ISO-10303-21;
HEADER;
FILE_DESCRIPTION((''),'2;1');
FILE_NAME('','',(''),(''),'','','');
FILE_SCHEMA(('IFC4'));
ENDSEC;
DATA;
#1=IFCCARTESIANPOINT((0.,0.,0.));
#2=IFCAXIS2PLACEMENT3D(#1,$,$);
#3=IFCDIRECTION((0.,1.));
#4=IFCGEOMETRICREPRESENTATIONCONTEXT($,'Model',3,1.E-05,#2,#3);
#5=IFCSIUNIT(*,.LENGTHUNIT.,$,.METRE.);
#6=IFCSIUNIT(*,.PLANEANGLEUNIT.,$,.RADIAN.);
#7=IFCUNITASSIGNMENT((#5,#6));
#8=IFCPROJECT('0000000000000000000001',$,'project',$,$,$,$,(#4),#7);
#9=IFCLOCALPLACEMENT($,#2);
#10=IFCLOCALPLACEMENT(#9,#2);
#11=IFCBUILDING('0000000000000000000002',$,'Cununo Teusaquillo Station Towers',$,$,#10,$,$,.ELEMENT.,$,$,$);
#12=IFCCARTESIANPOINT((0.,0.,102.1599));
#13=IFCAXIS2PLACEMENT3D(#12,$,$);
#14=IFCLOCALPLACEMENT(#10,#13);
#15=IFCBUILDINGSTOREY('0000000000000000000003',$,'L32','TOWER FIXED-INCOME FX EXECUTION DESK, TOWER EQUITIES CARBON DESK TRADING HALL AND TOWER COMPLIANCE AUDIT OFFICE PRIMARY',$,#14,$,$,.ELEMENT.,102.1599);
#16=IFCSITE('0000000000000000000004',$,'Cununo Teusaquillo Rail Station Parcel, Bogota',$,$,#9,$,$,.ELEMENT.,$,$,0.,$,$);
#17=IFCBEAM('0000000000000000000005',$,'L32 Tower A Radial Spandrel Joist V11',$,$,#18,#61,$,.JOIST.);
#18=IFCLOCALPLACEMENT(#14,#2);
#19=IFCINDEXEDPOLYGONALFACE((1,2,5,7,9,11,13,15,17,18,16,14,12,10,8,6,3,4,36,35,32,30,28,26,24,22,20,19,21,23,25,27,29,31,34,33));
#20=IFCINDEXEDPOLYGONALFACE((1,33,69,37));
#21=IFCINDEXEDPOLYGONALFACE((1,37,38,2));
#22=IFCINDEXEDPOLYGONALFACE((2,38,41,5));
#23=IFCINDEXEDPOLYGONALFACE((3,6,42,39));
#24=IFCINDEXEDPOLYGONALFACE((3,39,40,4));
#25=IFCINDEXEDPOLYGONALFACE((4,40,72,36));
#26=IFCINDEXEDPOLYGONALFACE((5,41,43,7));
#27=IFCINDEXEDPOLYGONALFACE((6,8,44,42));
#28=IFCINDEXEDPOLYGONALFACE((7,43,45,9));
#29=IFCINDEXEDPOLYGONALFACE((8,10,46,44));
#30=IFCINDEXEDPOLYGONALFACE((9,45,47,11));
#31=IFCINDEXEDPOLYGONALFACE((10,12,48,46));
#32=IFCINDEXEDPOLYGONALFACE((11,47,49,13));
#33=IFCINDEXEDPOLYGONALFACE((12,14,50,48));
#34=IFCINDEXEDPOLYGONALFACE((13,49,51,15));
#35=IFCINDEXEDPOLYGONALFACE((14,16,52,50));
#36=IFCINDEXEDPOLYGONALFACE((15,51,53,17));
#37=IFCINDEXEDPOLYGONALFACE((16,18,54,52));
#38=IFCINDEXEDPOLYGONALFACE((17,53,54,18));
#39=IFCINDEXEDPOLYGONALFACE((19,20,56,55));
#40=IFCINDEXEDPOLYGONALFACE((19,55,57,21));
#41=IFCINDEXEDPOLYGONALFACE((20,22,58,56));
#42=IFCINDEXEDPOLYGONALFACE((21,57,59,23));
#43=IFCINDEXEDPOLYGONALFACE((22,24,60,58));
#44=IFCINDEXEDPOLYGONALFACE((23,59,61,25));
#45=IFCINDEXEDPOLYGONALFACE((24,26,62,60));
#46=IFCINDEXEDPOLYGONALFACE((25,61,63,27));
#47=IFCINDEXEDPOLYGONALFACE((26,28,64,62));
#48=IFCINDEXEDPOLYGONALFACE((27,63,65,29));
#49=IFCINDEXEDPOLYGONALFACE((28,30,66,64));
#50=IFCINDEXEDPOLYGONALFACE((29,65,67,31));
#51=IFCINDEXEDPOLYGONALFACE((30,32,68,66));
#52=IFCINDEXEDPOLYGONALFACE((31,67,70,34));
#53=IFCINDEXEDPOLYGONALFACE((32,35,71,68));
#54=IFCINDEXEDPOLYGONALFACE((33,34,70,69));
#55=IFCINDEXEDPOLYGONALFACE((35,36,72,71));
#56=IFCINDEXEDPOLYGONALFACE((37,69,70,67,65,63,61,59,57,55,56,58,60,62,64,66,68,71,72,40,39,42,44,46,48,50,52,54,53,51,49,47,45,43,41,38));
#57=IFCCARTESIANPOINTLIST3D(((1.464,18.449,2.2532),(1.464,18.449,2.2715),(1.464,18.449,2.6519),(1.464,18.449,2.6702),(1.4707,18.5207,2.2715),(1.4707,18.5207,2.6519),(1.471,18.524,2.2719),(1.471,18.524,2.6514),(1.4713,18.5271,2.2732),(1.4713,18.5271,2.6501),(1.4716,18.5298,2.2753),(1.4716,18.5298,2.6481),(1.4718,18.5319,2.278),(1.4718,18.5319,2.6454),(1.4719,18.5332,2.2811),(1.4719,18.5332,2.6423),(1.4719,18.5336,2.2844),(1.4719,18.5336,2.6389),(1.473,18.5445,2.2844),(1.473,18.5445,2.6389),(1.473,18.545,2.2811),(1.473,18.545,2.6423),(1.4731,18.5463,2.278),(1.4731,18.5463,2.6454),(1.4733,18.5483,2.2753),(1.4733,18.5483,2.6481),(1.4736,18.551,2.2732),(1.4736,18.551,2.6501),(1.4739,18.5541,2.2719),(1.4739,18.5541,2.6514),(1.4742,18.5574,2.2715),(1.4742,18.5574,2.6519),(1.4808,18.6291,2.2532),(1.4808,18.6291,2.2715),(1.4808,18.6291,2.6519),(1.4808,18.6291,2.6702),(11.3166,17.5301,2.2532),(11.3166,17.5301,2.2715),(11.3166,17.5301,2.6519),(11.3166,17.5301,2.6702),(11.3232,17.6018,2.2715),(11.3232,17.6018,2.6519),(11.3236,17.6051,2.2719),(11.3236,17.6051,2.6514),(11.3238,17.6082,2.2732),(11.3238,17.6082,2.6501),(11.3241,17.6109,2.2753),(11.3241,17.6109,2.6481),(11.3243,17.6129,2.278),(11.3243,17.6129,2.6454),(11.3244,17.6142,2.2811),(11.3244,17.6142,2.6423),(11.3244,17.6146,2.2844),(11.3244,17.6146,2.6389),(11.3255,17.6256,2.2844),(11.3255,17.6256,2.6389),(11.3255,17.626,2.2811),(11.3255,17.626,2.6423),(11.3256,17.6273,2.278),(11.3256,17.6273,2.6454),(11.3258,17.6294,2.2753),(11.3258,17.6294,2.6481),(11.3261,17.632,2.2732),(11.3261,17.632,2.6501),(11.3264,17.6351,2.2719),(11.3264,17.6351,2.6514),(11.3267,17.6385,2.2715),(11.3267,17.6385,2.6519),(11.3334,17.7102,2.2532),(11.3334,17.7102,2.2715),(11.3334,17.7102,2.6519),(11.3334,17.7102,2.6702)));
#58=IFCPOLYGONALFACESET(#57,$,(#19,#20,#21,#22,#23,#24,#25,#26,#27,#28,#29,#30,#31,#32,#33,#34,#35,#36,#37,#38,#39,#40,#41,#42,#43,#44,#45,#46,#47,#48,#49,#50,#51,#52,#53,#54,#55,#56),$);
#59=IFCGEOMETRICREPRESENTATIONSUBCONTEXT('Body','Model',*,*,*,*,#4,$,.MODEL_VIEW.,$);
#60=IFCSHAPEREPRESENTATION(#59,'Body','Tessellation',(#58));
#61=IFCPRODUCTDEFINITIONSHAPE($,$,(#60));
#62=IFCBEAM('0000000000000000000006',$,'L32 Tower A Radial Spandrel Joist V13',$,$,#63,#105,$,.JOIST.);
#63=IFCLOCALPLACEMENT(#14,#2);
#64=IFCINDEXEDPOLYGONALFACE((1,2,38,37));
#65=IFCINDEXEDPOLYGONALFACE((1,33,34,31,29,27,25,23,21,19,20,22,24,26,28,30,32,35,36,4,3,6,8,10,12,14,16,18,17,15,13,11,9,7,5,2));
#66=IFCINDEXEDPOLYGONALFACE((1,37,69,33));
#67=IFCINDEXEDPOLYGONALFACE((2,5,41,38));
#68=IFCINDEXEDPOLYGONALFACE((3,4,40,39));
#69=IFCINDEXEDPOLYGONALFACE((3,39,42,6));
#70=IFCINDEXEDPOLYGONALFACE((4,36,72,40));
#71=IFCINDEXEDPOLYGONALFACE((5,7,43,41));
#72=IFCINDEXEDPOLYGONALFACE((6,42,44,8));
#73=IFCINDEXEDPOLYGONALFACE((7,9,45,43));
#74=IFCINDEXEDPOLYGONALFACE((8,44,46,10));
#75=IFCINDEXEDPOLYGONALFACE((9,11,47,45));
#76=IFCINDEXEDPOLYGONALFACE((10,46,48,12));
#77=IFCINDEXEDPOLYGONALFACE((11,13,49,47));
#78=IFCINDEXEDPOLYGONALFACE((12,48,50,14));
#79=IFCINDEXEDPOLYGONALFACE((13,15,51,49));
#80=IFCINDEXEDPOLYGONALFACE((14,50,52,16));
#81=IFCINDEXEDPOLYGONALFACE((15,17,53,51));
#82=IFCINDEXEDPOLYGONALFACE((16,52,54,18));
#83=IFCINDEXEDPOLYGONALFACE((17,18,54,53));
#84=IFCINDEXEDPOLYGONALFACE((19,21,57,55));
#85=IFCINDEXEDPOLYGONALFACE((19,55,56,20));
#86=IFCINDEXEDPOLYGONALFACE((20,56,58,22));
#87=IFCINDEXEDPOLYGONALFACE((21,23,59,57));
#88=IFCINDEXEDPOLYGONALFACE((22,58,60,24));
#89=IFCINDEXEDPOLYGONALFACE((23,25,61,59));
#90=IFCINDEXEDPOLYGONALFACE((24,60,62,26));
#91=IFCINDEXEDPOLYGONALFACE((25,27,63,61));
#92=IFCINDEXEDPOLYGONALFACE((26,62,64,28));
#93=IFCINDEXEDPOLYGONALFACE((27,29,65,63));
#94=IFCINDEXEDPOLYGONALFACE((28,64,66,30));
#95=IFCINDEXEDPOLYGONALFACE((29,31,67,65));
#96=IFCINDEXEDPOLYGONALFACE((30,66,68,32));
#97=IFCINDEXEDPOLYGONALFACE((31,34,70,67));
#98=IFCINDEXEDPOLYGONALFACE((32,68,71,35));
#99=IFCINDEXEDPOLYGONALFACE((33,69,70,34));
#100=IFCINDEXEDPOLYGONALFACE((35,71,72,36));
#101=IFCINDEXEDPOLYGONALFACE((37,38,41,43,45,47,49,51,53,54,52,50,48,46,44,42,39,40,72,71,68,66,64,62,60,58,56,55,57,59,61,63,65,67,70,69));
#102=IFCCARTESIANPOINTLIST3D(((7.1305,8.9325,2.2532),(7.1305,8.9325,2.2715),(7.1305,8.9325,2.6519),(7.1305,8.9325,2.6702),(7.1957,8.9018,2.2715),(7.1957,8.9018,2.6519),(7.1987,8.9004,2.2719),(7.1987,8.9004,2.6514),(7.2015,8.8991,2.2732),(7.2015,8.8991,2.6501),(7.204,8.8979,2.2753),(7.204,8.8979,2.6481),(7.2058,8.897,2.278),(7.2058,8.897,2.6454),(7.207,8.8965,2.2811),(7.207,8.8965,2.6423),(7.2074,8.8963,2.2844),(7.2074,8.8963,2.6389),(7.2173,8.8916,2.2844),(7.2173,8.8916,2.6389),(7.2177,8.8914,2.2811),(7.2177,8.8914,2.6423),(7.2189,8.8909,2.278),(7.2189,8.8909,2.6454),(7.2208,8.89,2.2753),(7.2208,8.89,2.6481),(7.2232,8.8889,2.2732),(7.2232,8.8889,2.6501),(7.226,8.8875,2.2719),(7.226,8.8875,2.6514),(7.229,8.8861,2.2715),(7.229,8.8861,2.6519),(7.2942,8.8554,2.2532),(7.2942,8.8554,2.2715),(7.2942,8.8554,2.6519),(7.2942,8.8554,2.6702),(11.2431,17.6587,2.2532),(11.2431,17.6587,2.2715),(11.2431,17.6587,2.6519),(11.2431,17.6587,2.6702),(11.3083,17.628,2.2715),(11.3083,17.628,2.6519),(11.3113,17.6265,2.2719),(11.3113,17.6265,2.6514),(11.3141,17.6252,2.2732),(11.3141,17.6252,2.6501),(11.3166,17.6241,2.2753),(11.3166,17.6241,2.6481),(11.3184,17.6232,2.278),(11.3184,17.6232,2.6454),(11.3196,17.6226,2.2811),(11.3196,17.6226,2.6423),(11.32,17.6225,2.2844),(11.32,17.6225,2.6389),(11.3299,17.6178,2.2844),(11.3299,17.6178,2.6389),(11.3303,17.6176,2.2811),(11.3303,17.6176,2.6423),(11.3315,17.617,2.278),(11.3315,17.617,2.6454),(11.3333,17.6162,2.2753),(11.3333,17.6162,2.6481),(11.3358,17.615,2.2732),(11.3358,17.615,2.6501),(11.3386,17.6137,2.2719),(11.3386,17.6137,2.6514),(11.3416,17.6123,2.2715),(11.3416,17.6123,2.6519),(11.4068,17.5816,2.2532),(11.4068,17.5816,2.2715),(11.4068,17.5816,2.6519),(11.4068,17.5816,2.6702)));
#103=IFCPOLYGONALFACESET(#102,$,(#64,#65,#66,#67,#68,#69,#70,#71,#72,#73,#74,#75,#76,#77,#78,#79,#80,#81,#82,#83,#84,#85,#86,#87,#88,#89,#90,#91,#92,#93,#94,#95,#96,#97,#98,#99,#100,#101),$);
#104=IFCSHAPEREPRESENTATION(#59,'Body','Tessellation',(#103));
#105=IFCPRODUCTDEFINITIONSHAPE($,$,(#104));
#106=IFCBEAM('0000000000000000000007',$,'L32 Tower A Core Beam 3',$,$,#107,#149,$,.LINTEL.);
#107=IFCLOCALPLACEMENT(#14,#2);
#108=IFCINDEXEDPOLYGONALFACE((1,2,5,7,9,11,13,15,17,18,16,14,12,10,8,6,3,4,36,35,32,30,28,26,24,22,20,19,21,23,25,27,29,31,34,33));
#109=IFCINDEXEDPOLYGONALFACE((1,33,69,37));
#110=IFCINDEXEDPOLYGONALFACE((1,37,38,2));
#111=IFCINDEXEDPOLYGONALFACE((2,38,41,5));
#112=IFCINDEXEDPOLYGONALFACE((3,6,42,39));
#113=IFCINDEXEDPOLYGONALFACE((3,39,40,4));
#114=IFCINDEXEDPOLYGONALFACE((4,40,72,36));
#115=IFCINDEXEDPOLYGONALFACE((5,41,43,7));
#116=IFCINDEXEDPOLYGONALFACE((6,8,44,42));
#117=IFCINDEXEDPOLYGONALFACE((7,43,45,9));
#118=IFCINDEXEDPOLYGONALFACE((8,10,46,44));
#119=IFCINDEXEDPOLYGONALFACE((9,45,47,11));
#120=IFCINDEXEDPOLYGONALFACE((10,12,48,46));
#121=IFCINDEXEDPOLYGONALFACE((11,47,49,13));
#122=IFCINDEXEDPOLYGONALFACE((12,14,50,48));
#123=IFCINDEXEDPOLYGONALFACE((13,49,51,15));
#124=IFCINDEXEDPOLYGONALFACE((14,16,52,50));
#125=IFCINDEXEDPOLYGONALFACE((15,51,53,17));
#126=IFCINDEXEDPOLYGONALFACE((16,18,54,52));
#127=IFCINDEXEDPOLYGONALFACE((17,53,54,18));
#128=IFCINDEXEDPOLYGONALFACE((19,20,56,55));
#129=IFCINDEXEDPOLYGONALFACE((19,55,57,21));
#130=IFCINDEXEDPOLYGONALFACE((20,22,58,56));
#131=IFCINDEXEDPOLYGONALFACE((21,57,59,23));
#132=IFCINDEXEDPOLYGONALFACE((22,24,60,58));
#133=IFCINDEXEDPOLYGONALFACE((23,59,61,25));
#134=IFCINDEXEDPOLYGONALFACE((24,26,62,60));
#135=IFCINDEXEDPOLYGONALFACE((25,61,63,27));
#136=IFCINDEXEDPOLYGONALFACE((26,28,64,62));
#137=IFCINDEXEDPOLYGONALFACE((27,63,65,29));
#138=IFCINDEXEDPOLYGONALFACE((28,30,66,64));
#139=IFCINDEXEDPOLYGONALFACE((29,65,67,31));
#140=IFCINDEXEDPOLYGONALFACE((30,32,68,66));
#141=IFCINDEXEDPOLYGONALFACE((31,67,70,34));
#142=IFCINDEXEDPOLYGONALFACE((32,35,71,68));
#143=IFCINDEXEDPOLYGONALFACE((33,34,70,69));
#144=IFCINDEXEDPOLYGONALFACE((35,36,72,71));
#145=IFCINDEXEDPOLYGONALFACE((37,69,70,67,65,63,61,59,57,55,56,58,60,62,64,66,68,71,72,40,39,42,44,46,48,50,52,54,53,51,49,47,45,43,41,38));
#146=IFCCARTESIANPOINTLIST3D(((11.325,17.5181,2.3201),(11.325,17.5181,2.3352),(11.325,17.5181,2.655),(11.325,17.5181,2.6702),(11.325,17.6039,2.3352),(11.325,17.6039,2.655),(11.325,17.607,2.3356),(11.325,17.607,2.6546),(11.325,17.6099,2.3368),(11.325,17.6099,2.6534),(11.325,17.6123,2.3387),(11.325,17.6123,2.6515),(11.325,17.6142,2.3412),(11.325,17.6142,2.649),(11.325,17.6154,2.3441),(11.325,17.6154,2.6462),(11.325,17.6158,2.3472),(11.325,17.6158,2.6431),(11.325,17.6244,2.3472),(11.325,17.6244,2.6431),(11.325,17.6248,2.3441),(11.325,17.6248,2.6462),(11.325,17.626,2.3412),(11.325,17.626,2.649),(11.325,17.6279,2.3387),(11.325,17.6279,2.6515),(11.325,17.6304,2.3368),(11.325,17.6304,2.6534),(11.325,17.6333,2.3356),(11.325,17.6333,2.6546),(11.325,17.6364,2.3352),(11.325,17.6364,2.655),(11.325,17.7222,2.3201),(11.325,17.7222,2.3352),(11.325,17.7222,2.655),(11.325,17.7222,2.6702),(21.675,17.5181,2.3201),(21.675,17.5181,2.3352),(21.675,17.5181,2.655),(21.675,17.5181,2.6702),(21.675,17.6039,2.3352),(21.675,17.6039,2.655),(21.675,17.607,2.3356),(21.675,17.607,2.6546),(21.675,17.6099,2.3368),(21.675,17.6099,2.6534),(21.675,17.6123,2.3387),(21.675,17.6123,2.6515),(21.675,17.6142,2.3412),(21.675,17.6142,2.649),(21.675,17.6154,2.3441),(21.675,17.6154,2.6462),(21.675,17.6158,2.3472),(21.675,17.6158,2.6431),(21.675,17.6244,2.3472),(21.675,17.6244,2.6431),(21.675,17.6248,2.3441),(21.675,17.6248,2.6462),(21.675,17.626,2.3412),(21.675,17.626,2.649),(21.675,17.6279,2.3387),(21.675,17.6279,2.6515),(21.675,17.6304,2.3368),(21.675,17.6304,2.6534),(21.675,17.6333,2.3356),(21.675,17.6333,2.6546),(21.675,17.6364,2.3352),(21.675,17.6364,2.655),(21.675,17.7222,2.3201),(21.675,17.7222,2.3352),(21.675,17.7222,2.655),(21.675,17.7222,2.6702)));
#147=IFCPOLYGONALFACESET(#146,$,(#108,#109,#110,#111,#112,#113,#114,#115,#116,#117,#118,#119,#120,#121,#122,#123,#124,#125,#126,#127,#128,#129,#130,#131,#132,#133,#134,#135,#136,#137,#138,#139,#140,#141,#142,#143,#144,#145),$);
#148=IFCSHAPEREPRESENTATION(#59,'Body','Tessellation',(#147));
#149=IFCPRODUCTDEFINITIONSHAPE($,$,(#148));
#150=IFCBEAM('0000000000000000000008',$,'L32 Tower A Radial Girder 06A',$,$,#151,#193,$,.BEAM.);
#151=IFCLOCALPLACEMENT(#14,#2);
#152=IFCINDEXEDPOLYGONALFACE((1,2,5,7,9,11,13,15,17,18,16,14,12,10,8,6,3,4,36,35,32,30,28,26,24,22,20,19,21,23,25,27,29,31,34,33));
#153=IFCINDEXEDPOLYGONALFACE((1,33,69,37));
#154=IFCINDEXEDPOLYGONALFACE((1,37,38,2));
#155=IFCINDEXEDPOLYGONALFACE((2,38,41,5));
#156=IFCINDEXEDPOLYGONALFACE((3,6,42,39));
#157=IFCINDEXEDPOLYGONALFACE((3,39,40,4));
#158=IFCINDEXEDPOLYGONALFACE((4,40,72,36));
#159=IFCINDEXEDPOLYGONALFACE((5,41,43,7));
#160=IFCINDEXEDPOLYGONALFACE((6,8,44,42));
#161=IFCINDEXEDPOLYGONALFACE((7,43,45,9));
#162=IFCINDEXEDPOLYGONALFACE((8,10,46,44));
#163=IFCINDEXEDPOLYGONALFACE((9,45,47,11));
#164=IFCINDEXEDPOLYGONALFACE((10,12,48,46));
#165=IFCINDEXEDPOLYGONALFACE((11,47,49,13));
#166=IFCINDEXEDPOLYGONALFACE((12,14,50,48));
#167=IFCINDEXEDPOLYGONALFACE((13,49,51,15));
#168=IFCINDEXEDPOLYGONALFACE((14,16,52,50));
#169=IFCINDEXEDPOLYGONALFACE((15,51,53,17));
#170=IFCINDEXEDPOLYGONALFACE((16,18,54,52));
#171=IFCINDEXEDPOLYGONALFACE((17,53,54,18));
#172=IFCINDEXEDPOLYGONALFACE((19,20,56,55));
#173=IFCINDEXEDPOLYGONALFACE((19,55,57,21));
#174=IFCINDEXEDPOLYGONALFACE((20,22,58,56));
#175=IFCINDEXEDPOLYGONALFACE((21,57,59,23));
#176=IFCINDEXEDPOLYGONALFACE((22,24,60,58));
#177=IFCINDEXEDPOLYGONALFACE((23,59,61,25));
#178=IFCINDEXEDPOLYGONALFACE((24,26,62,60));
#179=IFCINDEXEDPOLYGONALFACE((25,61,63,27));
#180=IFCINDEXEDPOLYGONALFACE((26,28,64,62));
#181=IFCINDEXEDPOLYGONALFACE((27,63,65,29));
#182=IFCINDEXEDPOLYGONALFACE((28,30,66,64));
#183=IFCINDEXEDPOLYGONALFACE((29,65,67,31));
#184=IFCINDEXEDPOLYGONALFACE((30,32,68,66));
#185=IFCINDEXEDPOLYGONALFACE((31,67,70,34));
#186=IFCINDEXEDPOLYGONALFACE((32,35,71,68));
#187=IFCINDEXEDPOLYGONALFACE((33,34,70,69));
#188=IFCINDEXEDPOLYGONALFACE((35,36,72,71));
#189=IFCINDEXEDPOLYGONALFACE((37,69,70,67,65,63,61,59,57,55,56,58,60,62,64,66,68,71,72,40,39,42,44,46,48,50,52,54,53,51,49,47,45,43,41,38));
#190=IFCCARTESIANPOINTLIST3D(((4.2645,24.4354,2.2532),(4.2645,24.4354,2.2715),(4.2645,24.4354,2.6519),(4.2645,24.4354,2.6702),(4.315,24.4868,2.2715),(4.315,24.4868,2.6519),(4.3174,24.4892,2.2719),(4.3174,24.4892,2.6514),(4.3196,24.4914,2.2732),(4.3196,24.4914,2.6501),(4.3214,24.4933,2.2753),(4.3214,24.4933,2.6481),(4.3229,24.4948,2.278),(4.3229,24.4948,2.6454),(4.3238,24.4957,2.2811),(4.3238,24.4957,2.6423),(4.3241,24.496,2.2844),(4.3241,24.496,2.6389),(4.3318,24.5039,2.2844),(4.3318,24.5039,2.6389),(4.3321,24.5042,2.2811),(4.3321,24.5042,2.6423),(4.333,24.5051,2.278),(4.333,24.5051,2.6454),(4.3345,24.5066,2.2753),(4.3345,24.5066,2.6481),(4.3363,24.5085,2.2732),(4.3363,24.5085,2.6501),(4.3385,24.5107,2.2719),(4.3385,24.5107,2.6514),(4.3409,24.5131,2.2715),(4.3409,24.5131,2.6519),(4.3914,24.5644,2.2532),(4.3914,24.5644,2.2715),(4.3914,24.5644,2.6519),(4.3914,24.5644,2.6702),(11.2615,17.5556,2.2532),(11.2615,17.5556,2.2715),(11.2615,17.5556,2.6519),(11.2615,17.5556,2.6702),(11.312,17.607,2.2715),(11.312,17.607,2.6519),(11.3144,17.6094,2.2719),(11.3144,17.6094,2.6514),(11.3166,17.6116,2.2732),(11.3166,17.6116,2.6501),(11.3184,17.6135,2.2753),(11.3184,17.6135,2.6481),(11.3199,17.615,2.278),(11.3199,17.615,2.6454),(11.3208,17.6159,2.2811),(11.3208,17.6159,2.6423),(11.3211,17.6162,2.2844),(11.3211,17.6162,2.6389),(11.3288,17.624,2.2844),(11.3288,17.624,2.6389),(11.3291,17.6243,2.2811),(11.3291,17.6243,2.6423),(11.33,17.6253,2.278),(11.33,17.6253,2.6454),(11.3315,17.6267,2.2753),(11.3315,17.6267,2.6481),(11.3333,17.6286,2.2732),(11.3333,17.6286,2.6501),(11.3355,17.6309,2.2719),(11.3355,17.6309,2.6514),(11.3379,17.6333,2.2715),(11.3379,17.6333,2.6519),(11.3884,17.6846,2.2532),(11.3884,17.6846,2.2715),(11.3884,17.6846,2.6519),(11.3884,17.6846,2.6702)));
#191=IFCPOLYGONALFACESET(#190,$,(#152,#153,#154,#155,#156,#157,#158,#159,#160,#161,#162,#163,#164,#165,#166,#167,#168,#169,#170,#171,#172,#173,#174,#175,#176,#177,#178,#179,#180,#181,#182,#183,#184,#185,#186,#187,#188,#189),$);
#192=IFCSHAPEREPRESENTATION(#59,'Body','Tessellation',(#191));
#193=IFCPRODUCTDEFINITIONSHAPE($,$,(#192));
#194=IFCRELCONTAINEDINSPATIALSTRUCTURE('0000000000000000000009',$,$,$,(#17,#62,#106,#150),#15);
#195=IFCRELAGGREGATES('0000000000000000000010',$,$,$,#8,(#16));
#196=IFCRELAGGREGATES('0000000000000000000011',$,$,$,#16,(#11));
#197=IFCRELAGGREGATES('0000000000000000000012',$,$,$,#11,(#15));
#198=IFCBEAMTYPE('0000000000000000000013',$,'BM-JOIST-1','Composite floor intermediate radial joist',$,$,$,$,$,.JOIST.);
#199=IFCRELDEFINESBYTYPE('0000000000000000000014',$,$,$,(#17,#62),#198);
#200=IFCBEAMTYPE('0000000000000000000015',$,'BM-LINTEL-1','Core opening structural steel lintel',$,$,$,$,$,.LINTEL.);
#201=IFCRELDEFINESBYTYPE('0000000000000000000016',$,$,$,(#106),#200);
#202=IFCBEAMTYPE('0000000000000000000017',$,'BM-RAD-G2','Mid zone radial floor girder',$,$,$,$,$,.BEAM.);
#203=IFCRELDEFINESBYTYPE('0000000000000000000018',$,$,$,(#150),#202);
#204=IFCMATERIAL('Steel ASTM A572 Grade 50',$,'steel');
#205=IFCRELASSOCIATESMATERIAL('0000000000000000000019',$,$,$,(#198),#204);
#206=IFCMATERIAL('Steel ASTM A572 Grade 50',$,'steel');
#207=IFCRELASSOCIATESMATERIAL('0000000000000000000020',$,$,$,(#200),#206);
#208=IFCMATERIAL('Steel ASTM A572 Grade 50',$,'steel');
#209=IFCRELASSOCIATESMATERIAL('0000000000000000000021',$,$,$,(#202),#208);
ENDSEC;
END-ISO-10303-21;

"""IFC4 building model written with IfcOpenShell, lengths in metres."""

from ifc_helpers import new_model, si_unit, direction, frame, origin, origin_2d, place, context, subcontext, project, spatial, i_section, extrude, material, material_profile, profile_set, type_object, element, save


model = new_model("IFC4")

# Units and contexts
model_context = context("Model", 3, precision=1e-05, world=origin(), true_north=direction((0.0, 1.0)))
body_context = subcontext(model_context, "Body", "Model", "MODEL_VIEW")
ifc_project = project(units=[si_unit("LENGTHUNIT", "METRE"), si_unit("PLANEANGLEUNIT", "RADIAN")], contexts=[model_context])

# Site, building, storey
site_placement = place(None, origin())
site = spatial("IfcSite", under=ifc_project, at=site_placement, Name="Cununo Teusaquillo Rail Station Parcel, Bogota", CompositionType="ELEMENT", RefElevation=0.0)
building_placement = place(site_placement, origin())
building = spatial("IfcBuilding", under=site, at=building_placement, Name="Cununo Teusaquillo Station Towers", CompositionType="ELEMENT")
storey_placement = place(building_placement, frame((0.0, 0.0, 102.1599)))
storey = spatial("IfcBuildingStorey", under=building, at=storey_placement, Name="L32", Description="TOWER FIXED-INCOME FX EXECUTION DESK, TOWER EQUITIES CARBON DESK TRADING HALL AND TOWER COMPLIANCE AUDIT OFFICE PRIMARY", CompositionType="ELEMENT", Elevation=102.1599)

# Beams
ifc_material_1 = material(Name="Steel ASTM A572 Grade 50", Category="steel")
ifc_material_profile_1 = material_profile(ifc_material_1, i_section(OverallWidth=0.1809, OverallDepth=0.417, WebThickness=0.011, FlangeThickness=0.0183, FilletRadius=0.0129, at=origin_2d()), Name="W16X57")
ifc_profile_set_1 = profile_set([ifc_material_profile_1], Name="Steel ASTM A572 Grade 50")
beam_type_1 = type_object("IfcBeamType", Name="BM-JOIST-1", Description="Composite floor intermediate radial joist", PredefinedType="JOIST", material=ifc_profile_set_1)
beam_1_placement = place(storey_placement, frame((11.325, 17.6201, 2.4617), z_axis=(-0.995679, 0.092867, 0.0), x_axis=(-0.092867, -0.995679, 0.0)))
element("IfcBeam", 1, at=beam_1_placement, inside=storey, type_object=beam_type_1, Name="L32 Tower A Radial Spandrel Joist V11", PredefinedType="JOIST", context=body_context, shape_type="SweptSolid", body=[
    extrude(i_section(OverallWidth=0.1809, OverallDepth=0.417, WebThickness=0.011, FlangeThickness=0.0183, FilletRadius=0.0129, at=origin_2d()), origin(), (0.0, 0.0, 1.0), 9.8953),
])
beam_2_placement = place(storey_placement, frame((11.325, 17.6201, 2.4617), z_axis=(-0.42632, -0.904572, 0.0), x_axis=(0.904572, -0.42632, 0.0)))
element("IfcBeam", 2, at=beam_2_placement, inside=storey, type_object=beam_type_1, Name="L32 Tower A Radial Spandrel Joist V13", PredefinedType="JOIST", context=body_context, shape_type="SweptSolid", body=[
    extrude(i_section(OverallWidth=0.1809, OverallDepth=0.417, WebThickness=0.011, FlangeThickness=0.0183, FilletRadius=0.0129, at=origin_2d()), origin(), (0.0, 0.0, 1.0), 9.6467),
])
ifc_material_2 = material(Name="Steel ASTM A572 Grade 50", Category="steel")
ifc_material_profile_2 = material_profile(ifc_material_2, i_section(OverallWidth=0.2041, OverallDepth=0.3501, WebThickness=0.0085, FlangeThickness=0.0151, FilletRadius=0.012, at=origin_2d()), Name="W14X48")
ifc_profile_set_2 = profile_set([ifc_material_profile_2], Name="Steel ASTM A572 Grade 50")
beam_type_2 = type_object("IfcBeamType", Name="BM-LINTEL-1", Description="Core opening structural steel lintel", PredefinedType="LINTEL", material=ifc_profile_set_2)
beam_3_placement = place(storey_placement, frame((11.325, 17.6201, 2.4951), z_axis=(1.0, 0.0, 0.0), x_axis=(0.0, 1.0, 0.0)))
element("IfcBeam", 3, at=beam_3_placement, inside=storey, type_object=beam_type_2, Name="L32 Tower A Core Beam 3", PredefinedType="LINTEL", context=body_context, shape_type="SweptSolid", body=[
    extrude(i_section(OverallWidth=0.2041, OverallDepth=0.3501, WebThickness=0.0085, FlangeThickness=0.0151, FilletRadius=0.012, at=origin_2d()), origin(), (0.0, 0.0, 1.0), 10.3501),
])
ifc_material_3 = material(Name="Steel ASTM A572 Grade 50", Category="steel")
ifc_material_profile_3 = material_profile(ifc_material_3, i_section(OverallWidth=0.1809, OverallDepth=0.417, WebThickness=0.011, FlangeThickness=0.0183, FilletRadius=0.0129, at=origin_2d()), Name="W16X57")
ifc_profile_set_3 = profile_set([ifc_material_profile_3], Name="Steel ASTM A572 Grade 50")
beam_type_3 = type_object("IfcBeamType", Name="BM-RAD-G2", Description="Mid zone radial floor girder", PredefinedType="BEAM", material=ifc_profile_set_3)
beam_4_placement = place(storey_placement, frame((11.325, 17.6201, 2.4617), z_axis=(-0.713053, 0.70111, 0.0), x_axis=(-0.70111, -0.713053, 0.0)))
element("IfcBeam", 4, at=beam_4_placement, inside=storey, type_object=beam_type_3, Name="L32 Tower A Radial Girder 06A", PredefinedType="BEAM", context=body_context, shape_type="SweptSolid", body=[
    extrude(i_section(OverallWidth=0.1809, OverallDepth=0.417, WebThickness=0.011, FlangeThickness=0.0183, FilletRadius=0.0129, at=origin_2d()), origin(), (0.0, 0.0, 1.0), 9.8127),
])

save(model, "model.ifc")
